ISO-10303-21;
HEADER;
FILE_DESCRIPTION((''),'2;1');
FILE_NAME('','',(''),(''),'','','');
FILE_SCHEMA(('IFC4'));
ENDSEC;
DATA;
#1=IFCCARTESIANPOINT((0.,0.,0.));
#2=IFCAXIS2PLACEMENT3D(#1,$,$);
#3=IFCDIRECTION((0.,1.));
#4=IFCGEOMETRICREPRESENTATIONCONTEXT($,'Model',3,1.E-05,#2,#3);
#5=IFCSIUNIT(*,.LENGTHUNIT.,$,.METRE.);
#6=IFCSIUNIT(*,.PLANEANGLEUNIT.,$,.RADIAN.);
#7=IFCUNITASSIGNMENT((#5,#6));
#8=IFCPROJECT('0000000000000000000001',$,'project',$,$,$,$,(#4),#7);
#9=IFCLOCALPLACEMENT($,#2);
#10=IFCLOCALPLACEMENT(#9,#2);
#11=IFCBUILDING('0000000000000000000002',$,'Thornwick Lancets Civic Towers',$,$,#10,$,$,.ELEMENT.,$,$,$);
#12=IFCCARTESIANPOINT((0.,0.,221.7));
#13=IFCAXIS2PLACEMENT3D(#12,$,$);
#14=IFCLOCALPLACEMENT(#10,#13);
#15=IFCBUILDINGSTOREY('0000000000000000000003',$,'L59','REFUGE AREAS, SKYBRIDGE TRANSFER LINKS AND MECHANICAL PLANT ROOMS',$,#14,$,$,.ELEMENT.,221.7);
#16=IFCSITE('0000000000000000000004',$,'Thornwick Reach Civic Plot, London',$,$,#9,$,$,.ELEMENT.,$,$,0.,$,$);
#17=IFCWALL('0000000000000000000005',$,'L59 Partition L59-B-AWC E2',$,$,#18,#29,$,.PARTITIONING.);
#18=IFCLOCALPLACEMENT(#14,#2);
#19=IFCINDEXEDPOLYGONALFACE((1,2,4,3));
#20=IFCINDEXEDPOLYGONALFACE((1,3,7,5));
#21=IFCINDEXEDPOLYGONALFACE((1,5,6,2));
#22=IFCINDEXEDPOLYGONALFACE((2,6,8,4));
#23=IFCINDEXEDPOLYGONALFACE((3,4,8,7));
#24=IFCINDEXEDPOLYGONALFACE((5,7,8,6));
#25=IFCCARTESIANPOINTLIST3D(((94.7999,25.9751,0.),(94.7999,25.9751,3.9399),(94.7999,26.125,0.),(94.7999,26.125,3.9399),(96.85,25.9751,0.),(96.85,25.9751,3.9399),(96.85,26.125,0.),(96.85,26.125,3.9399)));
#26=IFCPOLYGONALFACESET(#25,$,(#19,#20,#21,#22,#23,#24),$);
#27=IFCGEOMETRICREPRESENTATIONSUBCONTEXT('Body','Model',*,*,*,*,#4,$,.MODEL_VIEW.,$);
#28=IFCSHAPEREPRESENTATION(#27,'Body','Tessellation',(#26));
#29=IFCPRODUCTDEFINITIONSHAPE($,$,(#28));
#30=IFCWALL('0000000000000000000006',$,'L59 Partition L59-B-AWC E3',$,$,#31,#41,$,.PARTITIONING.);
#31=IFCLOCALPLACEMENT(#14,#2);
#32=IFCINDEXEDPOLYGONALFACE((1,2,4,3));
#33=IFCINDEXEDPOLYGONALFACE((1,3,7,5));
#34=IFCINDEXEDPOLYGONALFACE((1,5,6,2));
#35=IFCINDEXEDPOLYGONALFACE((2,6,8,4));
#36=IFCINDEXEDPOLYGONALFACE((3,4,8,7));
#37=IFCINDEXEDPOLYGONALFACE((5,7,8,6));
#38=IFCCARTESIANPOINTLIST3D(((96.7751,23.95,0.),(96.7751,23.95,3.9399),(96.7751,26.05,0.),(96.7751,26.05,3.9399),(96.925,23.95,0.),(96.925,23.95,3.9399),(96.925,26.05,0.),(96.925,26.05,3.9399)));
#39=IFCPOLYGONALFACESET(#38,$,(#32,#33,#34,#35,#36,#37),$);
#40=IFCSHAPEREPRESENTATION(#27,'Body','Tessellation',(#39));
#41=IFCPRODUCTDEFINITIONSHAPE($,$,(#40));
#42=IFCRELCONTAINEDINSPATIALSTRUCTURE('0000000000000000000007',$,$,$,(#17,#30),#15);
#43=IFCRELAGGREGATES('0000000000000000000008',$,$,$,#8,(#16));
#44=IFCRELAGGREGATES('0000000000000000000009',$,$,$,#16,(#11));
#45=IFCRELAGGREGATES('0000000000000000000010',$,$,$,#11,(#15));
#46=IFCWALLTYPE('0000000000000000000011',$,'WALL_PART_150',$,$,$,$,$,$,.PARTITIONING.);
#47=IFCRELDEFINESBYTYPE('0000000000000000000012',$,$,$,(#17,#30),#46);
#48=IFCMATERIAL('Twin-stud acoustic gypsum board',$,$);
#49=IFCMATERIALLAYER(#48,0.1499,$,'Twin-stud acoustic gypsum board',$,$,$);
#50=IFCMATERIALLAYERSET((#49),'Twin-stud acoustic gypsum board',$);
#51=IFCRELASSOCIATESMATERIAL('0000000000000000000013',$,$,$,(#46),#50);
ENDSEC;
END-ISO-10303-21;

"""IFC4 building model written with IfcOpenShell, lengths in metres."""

from ifc_helpers import new_model, si_unit, direction, frame, frame_2d, origin, place, context, subcontext, project, spatial, rectangle, extrude, material, layer, layer_set, type_object, element, save


model = new_model("IFC4")

# Units and contexts
model_context = context("Model", 3, precision=1e-05, world=origin(), true_north=direction((0.0, 1.0)))
body_context = subcontext(model_context, "Body", "Model", "MODEL_VIEW")
ifc_project = project(units=[si_unit("LENGTHUNIT", "METRE"), si_unit("PLANEANGLEUNIT", "RADIAN")], contexts=[model_context])

# Site, building, storey
site_placement = place(None, origin())
site = spatial("IfcSite", under=ifc_project, at=site_placement, Name="Thornwick Reach Civic Plot, London", CompositionType="ELEMENT", RefElevation=0.0)
building_placement = place(site_placement, origin())
building = spatial("IfcBuilding", under=site, at=building_placement, Name="Thornwick Lancets Civic Towers", CompositionType="ELEMENT")
storey_placement = place(building_placement, frame((0.0, 0.0, 221.7)))
storey = spatial("IfcBuildingStorey", under=building, at=storey_placement, Name="L59", Description="REFUGE AREAS, SKYBRIDGE TRANSFER LINKS AND MECHANICAL PLANT ROOMS", CompositionType="ELEMENT", Elevation=221.7)

# Walls
ifc_material_1 = material(Name="Twin-stud acoustic gypsum board")
ifc_layer_1 = layer(ifc_material_1, 0.1499, Name="Twin-stud acoustic gypsum board")
ifc_layer_set_1 = layer_set([ifc_layer_1], Name="Twin-stud acoustic gypsum board")
wall_type_1 = type_object("IfcWallType", Name="WALL_PART_150", PredefinedType="PARTITIONING", material=ifc_layer_set_1)
wall_1_placement = place(storey_placement, frame((94.8, 26.05, 0.0), z_axis=(0.0, 0.0, 1.0), x_axis=(1.0, 0.0, 0.0)))
element("IfcWall", 1, at=wall_1_placement, inside=storey, type_object=wall_type_1, Name="L59 Partition L59-B-AWC E2", PredefinedType="PARTITIONING", context=body_context, shape_type="SweptSolid", body=[
    extrude(rectangle(XDim=2.05, YDim=0.1499, at=frame_2d((1.0249, 0.0))), origin(), (0.0, 0.0, 1.0), 3.9399),
])
wall_2_placement = place(storey_placement, frame((96.8501, 26.05, 0.0), z_axis=(0.0, 0.0, 1.0), x_axis=(0.0, -1.0, 0.0)))
element("IfcWall", 2, at=wall_2_placement, inside=storey, type_object=wall_type_1, Name="L59 Partition L59-B-AWC E3", PredefinedType="PARTITIONING", context=body_context, shape_type="SweptSolid", body=[
    extrude(rectangle(XDim=2.1001, YDim=0.1499, at=frame_2d((1.05, 0.0))), origin(), (0.0, 0.0, 1.0), 3.9399),
])

save(model, "model.ifc")
